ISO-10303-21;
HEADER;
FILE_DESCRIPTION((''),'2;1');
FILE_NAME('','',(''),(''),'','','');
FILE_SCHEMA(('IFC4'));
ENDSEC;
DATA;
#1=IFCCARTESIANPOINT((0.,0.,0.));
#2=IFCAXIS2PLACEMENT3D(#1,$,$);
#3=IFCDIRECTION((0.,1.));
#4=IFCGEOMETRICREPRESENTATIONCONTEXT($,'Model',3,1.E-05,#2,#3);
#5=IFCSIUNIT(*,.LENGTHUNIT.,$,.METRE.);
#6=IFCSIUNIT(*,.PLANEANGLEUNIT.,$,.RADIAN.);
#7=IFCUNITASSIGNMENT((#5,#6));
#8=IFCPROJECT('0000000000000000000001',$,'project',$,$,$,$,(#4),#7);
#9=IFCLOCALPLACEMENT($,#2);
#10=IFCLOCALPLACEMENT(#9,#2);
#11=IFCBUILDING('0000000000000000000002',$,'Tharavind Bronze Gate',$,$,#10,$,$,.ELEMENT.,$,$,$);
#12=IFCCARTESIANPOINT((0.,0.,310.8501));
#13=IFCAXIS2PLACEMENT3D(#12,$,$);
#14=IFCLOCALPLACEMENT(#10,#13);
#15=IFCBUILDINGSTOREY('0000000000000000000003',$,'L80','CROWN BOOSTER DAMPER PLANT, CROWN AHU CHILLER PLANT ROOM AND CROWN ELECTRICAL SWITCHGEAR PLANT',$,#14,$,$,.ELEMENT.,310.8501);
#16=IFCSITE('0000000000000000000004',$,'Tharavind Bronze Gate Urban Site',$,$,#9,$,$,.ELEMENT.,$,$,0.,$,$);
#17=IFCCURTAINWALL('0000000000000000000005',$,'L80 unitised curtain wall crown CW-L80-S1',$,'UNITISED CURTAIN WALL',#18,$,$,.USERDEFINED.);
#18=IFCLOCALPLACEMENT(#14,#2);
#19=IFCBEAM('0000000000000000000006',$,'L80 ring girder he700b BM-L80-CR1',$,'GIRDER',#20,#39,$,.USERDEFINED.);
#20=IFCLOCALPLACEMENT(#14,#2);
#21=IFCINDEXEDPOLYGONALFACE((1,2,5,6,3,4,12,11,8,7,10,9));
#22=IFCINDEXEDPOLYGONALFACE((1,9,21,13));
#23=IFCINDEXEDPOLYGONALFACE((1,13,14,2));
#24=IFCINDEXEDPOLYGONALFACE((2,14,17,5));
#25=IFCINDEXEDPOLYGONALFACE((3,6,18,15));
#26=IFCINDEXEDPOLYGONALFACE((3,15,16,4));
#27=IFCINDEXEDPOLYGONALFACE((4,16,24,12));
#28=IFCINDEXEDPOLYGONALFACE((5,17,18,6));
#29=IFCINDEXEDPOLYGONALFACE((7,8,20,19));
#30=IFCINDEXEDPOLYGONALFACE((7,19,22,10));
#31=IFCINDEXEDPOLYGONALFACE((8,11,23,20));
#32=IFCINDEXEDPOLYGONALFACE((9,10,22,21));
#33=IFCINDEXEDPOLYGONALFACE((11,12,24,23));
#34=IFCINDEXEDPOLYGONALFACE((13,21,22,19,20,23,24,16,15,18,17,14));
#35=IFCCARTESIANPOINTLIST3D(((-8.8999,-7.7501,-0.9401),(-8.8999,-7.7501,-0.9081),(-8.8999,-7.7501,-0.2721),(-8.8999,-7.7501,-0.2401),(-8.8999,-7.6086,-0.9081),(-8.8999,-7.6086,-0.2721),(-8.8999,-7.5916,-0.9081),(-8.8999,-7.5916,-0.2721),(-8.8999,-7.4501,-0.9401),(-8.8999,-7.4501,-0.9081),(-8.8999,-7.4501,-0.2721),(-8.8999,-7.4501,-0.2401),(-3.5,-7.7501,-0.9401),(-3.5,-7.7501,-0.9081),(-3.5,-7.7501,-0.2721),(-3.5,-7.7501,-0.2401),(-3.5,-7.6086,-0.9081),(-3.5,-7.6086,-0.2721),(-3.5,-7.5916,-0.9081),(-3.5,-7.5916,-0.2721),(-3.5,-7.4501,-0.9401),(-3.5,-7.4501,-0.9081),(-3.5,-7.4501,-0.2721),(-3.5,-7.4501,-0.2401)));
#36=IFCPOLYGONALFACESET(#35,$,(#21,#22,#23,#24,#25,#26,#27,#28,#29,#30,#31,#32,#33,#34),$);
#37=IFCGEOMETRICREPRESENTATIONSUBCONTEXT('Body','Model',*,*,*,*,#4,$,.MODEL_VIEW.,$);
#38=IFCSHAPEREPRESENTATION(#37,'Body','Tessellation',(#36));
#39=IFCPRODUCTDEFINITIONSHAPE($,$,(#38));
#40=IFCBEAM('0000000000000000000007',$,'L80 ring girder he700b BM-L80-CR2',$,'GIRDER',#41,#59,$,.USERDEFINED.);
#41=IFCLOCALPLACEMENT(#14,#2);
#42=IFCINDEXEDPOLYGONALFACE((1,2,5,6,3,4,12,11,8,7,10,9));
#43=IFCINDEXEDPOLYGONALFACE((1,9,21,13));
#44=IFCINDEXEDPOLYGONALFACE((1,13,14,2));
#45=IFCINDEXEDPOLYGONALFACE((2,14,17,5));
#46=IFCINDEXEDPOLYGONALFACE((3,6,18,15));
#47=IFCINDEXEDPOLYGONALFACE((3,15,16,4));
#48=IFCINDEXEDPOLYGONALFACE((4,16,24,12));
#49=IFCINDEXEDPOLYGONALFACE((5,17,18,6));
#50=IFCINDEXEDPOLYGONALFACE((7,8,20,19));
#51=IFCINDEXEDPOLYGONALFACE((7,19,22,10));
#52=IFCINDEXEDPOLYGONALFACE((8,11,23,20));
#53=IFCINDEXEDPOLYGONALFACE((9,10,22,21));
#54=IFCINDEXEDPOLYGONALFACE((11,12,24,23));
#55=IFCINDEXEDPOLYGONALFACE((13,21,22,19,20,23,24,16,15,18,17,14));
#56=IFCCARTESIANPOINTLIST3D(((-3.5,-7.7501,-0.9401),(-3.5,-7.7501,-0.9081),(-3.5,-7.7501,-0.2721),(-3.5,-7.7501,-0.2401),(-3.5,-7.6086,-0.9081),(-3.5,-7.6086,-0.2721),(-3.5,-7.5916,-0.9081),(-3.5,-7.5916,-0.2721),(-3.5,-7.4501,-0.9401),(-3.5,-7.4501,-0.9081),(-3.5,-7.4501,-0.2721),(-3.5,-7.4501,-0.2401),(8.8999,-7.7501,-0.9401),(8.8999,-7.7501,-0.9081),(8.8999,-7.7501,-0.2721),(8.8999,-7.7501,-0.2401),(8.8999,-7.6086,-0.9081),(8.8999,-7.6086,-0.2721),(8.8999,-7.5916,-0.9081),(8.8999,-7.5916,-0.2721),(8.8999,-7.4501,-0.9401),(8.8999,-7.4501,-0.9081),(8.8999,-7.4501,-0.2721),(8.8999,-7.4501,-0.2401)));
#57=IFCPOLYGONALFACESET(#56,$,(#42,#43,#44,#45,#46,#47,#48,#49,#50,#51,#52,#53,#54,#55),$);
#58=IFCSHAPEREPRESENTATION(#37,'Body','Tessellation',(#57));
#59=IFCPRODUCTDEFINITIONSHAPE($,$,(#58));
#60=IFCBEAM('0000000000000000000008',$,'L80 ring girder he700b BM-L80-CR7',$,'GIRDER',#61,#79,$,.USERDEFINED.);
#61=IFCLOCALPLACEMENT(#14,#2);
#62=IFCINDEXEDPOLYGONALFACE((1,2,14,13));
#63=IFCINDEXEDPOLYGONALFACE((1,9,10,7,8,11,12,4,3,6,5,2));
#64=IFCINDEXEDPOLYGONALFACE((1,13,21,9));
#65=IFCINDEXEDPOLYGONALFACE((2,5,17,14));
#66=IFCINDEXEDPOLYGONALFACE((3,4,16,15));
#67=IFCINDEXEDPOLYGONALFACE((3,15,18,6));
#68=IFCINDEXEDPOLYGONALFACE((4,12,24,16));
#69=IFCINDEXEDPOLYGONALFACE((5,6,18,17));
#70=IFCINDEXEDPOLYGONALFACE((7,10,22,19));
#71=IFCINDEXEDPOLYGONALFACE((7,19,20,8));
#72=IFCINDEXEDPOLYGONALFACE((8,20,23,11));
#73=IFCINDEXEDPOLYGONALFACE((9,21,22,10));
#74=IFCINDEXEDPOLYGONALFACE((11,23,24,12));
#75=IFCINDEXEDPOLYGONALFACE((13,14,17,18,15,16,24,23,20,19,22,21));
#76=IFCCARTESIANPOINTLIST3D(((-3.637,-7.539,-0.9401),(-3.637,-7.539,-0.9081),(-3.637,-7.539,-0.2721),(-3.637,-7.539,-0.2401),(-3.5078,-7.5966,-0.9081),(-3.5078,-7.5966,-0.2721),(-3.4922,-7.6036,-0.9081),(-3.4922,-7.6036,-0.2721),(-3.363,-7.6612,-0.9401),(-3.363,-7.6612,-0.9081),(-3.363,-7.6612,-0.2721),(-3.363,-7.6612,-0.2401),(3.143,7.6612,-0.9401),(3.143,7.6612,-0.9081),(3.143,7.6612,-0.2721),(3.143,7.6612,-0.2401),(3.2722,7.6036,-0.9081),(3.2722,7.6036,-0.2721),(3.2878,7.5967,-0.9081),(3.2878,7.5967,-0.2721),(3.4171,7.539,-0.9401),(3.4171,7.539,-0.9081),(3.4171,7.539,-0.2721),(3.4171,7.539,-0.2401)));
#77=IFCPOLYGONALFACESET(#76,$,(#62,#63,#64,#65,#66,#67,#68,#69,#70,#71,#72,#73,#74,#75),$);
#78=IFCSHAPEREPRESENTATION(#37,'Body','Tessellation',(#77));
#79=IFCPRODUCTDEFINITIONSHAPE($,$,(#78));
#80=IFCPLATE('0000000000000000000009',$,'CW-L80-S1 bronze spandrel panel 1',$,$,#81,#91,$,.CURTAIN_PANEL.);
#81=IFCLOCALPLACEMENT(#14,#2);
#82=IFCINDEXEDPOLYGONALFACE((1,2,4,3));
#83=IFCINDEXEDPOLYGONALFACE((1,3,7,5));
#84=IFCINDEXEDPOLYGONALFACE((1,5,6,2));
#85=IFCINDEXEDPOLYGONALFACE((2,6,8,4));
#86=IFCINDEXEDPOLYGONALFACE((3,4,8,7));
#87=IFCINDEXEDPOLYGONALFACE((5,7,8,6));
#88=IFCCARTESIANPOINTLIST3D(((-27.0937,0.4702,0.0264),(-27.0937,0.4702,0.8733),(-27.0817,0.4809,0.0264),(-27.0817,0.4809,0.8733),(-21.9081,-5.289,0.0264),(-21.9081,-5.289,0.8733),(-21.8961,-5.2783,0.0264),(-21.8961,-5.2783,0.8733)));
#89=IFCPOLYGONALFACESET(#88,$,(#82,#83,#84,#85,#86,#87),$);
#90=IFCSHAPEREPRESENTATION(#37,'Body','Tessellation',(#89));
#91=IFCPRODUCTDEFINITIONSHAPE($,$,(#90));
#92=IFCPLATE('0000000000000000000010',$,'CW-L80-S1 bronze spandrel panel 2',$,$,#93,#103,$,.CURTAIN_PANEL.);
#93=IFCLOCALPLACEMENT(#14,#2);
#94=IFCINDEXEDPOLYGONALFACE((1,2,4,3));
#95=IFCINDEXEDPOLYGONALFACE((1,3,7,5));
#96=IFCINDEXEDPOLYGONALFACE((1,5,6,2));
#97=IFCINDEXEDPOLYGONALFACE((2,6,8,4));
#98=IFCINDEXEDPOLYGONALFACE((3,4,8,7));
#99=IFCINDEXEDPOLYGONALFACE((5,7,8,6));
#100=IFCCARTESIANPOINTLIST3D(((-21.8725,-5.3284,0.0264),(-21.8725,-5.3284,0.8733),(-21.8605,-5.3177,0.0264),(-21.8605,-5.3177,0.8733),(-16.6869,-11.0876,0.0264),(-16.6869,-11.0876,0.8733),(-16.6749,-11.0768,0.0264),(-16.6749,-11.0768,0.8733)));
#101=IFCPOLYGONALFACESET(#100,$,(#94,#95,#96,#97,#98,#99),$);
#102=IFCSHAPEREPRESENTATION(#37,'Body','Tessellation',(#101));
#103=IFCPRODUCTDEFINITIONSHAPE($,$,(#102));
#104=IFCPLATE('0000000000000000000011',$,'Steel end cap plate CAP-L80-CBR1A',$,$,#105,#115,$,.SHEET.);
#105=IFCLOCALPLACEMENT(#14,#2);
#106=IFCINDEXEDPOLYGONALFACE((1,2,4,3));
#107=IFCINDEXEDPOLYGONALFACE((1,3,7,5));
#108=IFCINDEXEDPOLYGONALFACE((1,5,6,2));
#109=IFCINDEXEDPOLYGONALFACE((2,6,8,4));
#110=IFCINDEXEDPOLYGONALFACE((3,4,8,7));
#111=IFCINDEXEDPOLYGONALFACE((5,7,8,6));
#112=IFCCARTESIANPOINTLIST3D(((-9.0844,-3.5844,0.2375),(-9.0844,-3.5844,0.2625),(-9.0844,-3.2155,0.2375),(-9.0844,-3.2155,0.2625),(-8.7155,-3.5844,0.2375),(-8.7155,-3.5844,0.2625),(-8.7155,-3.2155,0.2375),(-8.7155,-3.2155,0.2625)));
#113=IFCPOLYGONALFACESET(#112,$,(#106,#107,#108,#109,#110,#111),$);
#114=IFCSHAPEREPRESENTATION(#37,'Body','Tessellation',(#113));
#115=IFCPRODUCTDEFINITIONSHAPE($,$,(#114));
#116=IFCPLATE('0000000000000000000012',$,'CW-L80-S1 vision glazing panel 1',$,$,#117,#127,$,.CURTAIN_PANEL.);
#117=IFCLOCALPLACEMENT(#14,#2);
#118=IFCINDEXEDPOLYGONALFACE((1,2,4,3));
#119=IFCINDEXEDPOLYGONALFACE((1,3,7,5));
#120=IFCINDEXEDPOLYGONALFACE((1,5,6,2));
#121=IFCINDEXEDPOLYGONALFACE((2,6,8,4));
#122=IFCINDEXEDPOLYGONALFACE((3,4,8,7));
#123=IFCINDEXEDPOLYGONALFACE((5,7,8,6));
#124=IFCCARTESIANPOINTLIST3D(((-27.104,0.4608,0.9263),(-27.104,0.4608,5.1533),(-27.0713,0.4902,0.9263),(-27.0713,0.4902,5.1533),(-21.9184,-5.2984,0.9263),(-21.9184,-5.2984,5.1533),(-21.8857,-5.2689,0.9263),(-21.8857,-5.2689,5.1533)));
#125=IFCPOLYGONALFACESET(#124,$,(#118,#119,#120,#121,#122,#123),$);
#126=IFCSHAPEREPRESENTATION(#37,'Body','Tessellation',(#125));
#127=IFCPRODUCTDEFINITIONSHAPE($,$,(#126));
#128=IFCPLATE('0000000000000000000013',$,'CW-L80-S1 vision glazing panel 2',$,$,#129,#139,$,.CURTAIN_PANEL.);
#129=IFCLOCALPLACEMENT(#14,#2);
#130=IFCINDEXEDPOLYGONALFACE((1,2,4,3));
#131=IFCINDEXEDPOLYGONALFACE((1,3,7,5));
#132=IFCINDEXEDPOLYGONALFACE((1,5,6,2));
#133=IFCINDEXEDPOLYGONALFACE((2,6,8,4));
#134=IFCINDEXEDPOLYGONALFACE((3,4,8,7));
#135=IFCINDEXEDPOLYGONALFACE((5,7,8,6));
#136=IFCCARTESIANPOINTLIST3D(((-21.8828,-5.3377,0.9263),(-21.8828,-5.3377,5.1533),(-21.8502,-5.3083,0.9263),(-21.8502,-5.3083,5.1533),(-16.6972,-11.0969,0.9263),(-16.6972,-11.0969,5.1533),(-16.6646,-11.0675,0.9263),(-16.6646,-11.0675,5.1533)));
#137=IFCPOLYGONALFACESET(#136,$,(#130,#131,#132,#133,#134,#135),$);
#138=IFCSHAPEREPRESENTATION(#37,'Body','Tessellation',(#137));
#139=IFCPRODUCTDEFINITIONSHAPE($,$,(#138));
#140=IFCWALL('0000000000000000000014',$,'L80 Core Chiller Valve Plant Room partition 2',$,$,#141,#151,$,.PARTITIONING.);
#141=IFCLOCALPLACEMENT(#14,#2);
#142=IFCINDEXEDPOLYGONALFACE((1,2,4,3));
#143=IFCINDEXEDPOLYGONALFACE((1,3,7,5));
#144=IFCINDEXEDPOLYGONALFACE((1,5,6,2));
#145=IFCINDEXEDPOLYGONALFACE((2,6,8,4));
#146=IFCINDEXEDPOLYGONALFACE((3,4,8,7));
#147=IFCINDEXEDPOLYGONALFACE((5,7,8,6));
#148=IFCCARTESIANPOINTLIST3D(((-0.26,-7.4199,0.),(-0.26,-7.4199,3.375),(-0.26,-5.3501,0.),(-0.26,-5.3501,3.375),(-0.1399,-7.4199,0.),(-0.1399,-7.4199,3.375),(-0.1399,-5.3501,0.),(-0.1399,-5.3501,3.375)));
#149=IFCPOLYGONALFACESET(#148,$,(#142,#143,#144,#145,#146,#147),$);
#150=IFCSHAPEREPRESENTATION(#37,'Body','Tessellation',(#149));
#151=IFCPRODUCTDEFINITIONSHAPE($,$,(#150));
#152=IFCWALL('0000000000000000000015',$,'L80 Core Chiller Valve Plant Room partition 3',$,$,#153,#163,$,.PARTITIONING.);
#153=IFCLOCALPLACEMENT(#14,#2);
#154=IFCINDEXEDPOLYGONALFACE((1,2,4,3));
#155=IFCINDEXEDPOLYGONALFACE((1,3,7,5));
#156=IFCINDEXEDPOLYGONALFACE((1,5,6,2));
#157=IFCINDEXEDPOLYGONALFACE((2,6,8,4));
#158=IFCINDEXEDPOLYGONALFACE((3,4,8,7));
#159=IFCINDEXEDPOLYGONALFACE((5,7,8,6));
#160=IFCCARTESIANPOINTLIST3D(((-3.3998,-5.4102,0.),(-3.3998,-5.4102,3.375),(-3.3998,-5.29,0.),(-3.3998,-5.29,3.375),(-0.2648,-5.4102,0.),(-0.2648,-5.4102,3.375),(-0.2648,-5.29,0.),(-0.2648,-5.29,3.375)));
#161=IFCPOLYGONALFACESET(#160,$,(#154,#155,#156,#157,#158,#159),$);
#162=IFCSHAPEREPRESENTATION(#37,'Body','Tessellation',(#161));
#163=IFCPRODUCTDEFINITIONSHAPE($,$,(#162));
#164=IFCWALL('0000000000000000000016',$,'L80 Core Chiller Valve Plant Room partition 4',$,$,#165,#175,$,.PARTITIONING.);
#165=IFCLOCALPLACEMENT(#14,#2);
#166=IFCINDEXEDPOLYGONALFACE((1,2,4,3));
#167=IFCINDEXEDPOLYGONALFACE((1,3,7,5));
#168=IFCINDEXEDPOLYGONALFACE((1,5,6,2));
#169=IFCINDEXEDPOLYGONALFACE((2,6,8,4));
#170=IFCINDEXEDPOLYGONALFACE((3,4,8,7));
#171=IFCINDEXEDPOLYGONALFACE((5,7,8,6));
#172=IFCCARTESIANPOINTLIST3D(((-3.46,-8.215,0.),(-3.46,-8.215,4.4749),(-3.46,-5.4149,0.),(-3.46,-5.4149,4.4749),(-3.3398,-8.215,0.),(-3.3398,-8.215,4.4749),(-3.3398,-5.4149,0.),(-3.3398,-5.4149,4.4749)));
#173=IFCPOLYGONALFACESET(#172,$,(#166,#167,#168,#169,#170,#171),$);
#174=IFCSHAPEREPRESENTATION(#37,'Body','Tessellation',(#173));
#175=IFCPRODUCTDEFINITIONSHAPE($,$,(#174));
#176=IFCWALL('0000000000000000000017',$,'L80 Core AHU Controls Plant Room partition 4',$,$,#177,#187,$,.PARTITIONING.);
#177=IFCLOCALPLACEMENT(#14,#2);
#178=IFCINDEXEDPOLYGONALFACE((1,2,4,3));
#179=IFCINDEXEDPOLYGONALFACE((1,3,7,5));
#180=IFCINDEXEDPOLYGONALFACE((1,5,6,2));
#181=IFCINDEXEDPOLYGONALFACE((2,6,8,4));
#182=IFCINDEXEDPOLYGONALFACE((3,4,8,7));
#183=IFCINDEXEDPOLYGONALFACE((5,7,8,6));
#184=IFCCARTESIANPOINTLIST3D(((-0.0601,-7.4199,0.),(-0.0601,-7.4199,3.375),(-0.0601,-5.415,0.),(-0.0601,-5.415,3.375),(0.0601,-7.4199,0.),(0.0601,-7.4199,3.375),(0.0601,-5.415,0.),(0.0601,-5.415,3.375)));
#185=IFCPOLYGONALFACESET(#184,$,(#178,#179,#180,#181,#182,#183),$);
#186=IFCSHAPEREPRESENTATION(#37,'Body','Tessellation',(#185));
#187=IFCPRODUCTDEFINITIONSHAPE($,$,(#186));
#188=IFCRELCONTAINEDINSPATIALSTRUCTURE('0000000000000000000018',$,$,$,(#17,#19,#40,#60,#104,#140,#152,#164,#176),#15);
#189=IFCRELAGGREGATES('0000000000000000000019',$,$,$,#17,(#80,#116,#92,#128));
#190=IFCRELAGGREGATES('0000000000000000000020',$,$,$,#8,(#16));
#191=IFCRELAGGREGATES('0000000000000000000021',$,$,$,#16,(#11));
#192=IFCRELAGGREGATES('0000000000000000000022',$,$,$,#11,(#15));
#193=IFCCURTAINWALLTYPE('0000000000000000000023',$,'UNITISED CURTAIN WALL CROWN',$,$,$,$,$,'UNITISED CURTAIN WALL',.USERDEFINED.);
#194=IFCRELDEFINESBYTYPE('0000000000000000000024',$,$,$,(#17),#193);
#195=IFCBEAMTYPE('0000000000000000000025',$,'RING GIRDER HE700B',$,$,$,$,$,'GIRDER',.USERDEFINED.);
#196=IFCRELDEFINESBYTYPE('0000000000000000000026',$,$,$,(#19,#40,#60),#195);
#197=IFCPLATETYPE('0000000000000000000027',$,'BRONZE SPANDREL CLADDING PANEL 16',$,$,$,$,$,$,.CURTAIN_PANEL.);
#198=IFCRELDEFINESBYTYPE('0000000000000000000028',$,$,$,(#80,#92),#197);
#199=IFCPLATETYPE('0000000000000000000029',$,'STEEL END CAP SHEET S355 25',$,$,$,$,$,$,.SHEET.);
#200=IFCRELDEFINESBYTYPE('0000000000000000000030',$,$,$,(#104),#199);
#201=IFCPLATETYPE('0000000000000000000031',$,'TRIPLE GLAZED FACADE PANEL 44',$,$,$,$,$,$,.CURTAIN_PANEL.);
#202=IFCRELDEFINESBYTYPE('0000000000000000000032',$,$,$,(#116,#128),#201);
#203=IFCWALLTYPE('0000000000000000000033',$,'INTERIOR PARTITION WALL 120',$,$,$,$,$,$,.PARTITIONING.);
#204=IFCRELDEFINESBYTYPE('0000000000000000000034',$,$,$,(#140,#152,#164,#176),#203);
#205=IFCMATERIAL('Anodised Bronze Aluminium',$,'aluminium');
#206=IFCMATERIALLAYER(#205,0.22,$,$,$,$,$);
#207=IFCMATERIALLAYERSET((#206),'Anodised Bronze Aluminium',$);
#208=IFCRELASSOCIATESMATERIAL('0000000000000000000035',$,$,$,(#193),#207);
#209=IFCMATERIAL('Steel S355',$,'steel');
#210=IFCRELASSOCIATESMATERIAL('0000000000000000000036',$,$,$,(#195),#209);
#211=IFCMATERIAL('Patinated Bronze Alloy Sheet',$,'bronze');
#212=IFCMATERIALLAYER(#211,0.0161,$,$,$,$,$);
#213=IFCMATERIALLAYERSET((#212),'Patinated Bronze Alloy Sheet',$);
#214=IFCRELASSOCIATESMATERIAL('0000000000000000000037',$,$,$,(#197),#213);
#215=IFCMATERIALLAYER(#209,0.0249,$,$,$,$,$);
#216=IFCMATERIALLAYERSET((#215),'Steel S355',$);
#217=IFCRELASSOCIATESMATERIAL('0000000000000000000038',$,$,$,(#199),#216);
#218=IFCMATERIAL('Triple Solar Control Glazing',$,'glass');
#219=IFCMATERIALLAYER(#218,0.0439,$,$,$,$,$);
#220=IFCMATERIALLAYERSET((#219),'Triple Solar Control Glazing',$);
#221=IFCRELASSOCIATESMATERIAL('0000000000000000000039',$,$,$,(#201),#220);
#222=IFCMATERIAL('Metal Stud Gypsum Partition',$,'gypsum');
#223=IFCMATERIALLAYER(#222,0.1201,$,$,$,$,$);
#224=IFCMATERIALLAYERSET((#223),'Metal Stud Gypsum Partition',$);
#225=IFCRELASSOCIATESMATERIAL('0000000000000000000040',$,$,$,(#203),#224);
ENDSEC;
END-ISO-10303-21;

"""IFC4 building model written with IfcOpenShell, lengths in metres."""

from ifc_helpers import new_model, si_unit, direction, frame, frame_2d, origin, origin_2d, place, context, subcontext, project, spatial, rectangle, i_section, extrude, material, layer, layer_set, material_profile, profile_set, type_object, element, aggregate, save


model = new_model("IFC4")

# Units and contexts
model_context = context("Model", 3, precision=1e-05, world=origin(), true_north=direction((0.0, 1.0)))
body_context = subcontext(model_context, "Body", "Model", "MODEL_VIEW")
ifc_project = project(units=[si_unit("LENGTHUNIT", "METRE"), si_unit("PLANEANGLEUNIT", "RADIAN")], contexts=[model_context])

# Site, building, storey
site_placement = place(None, origin())
site = spatial("IfcSite", under=ifc_project, at=site_placement, Name="Tharavind Bronze Gate Urban Site", CompositionType="ELEMENT", RefElevation=0.0)
building_placement = place(site_placement, origin())
building = spatial("IfcBuilding", under=site, at=building_placement, Name="Tharavind Bronze Gate", CompositionType="ELEMENT")
storey_placement = place(building_placement, frame((0.0, 0.0, 310.8501)))
storey = spatial("IfcBuildingStorey", under=building, at=storey_placement, Name="L80", Description="CROWN BOOSTER DAMPER PLANT, CROWN AHU CHILLER PLANT ROOM AND CROWN ELECTRICAL SWITCHGEAR PLANT", CompositionType="ELEMENT", Elevation=310.8501)

# Shared definitions
ifc_material_1 = material(Name="Steel S355", Category="steel")

# Curtain wall
ifc_material_2 = material(Name="Anodised Bronze Aluminium", Category="aluminium")
ifc_layer_1 = layer(ifc_material_2, 0.22)
ifc_layer_set_1 = layer_set([ifc_layer_1], Name="Anodised Bronze Aluminium")
curtain_wall_type = type_object("IfcCurtainWallType", Name="UNITISED CURTAIN WALL CROWN", ElementType="UNITISED CURTAIN WALL", PredefinedType="USERDEFINED", material=ifc_layer_set_1)
curtain_wall_placement = place(storey_placement, origin())
curtain_wall = element("IfcCurtainWall", 1, at=curtain_wall_placement, inside=storey, type_object=curtain_wall_type, Name="L80 unitised curtain wall crown CW-L80-S1", ObjectType="UNITISED CURTAIN WALL", PredefinedType="USERDEFINED")

# Beams
ifc_material_profile_1 = material_profile(ifc_material_1, i_section(OverallWidth=0.3, OverallDepth=0.7, WebThickness=0.0171, FlangeThickness=0.032, at=origin_2d()), Name="HE700B")
ifc_profile_set_1 = profile_set([ifc_material_profile_1], Name="Steel S355")
beam_type = type_object("IfcBeamType", Name="RING GIRDER HE700B", ElementType="GIRDER", PredefinedType="USERDEFINED", material=ifc_profile_set_1)
beam_1_placement = place(storey_placement, frame((-8.8999, -7.6001, -0.5901), z_axis=(1.0, 0.0, 0.0), x_axis=(0.0, 1.0, 0.0)))
element("IfcBeam", 2, at=beam_1_placement, inside=storey, type_object=beam_type, Name="L80 ring girder he700b BM-L80-CR1", ObjectType="GIRDER", PredefinedType="USERDEFINED", context=body_context, shape_type="SweptSolid", body=[
    extrude(i_section(OverallWidth=0.3, OverallDepth=0.7, WebThickness=0.0171, FlangeThickness=0.032, at=origin_2d()), origin(), (0.0, 0.0, 1.0), 5.3999),
])
beam_2_placement = place(storey_placement, frame((-3.5, -7.6001, -0.5901), z_axis=(1.0, 0.0, 0.0), x_axis=(0.0, 1.0, 0.0)))
element("IfcBeam", 3, at=beam_2_placement, inside=storey, type_object=beam_type, Name="L80 ring girder he700b BM-L80-CR2", ObjectType="GIRDER", PredefinedType="USERDEFINED", context=body_context, shape_type="SweptSolid", body=[
    extrude(i_section(OverallWidth=0.3, OverallDepth=0.7, WebThickness=0.0171, FlangeThickness=0.032, at=origin_2d()), origin(), (0.0, 0.0, 1.0), 12.3999),
])
beam_3_placement = place(storey_placement, frame((-3.5, -7.6001, -0.5901), z_axis=(0.407362, 0.913267, 0.0), x_axis=(-0.913267, 0.407362, 0.0)))
element("IfcBeam", 4, at=beam_3_placement, inside=storey, type_object=beam_type, Name="L80 ring girder he700b BM-L80-CR7", ObjectType="GIRDER", PredefinedType="USERDEFINED", context=body_context, shape_type="SweptSolid", body=[
    extrude(i_section(OverallWidth=0.3, OverallDepth=0.7, WebThickness=0.0171, FlangeThickness=0.032, at=origin_2d()), origin(), (0.0, 0.0, 1.0), 16.6438),
])

# Plates
ifc_material_3 = material(Name="Patinated Bronze Alloy Sheet", Category="bronze")
ifc_layer_2 = layer(ifc_material_3, 0.0161)
ifc_layer_set_2 = layer_set([ifc_layer_2], Name="Patinated Bronze Alloy Sheet")
plate_type_1 = type_object("IfcPlateType", Name="BRONZE SPANDREL CLADDING PANEL 16", PredefinedType="CURTAIN_PANEL", material=ifc_layer_set_2)
plate_1_placement = place(storey_placement, frame((-24.4949, -2.4041, 0.0264), z_axis=(0.0, 0.0, 1.0), x_axis=(0.669131, -0.743145, 0.0)))
plate_1 = element("IfcPlate", 5, at=plate_1_placement, type_object=plate_type_1, Name="CW-L80-S1 bronze spandrel panel 1", PredefinedType="CURTAIN_PANEL", context=body_context, shape_type="SweptSolid", body=[
    extrude(rectangle(XDim=7.7498, YDim=0.0161, at=origin_2d()), origin(), (0.0, 0.0, 1.0), 0.8469),
])
plate_2_placement = place(storey_placement, frame((-19.2737, -8.2026, 0.0264), z_axis=(0.0, 0.0, 1.0), x_axis=(0.669131, -0.743145, 0.0)))
plate_2 = element("IfcPlate", 6, at=plate_2_placement, type_object=plate_type_1, Name="CW-L80-S1 bronze spandrel panel 2", PredefinedType="CURTAIN_PANEL", context=body_context, shape_type="SweptSolid", body=[
    extrude(rectangle(XDim=7.7498, YDim=0.0161, at=origin_2d()), origin(), (0.0, 0.0, 1.0), 0.8469),
])
ifc_layer_3 = layer(ifc_material_1, 0.0249)
ifc_layer_set_3 = layer_set([ifc_layer_3], Name="Steel S355")
plate_type_2 = type_object("IfcPlateType", Name="STEEL END CAP SHEET S355 25", PredefinedType="SHEET", material=ifc_layer_set_3)
plate_3_placement = place(storey_placement, frame((-8.8999, -3.3999, 0.2375), z_axis=(0.0, 0.0, 1.0), x_axis=(1.0, 0.0, 0.0)))
element("IfcPlate", 7, at=plate_3_placement, inside=storey, type_object=plate_type_2, Name="Steel end cap plate CAP-L80-CBR1A", PredefinedType="SHEET", context=body_context, shape_type="SweptSolid", body=[
    extrude(rectangle(XDim=0.3689, YDim=0.3689, at=origin_2d()), origin(), (0.0, 0.0, 1.0), 0.0249),
])
ifc_material_4 = material(Name="Triple Solar Control Glazing", Category="glass")
ifc_layer_4 = layer(ifc_material_4, 0.0439)
ifc_layer_set_4 = layer_set([ifc_layer_4], Name="Triple Solar Control Glazing")
plate_type_3 = type_object("IfcPlateType", Name="TRIPLE GLAZED FACADE PANEL 44", PredefinedType="CURTAIN_PANEL", material=ifc_layer_set_4)
plate_4_placement = place(storey_placement, frame((-24.4949, -2.4041, 0.9263), z_axis=(0.0, 0.0, 1.0), x_axis=(0.669131, -0.743145, 0.0)))
plate_4 = element("IfcPlate", 8, at=plate_4_placement, type_object=plate_type_3, Name="CW-L80-S1 vision glazing panel 1", PredefinedType="CURTAIN_PANEL", context=body_context, shape_type="SweptSolid", body=[
    extrude(rectangle(XDim=7.7498, YDim=0.0439, at=origin_2d()), origin(), (0.0, 0.0, 1.0), 4.2271),
])
plate_5_placement = place(storey_placement, frame((-19.2737, -8.2026, 0.9263), z_axis=(0.0, 0.0, 1.0), x_axis=(0.669131, -0.743145, 0.0)))
plate_5 = element("IfcPlate", 9, at=plate_5_placement, type_object=plate_type_3, Name="CW-L80-S1 vision glazing panel 2", PredefinedType="CURTAIN_PANEL", context=body_context, shape_type="SweptSolid", body=[
    extrude(rectangle(XDim=7.7498, YDim=0.0439, at=origin_2d()), origin(), (0.0, 0.0, 1.0), 4.2271),
])
aggregate(curtain_wall, [plate_1, plate_4, plate_2, plate_5])

# Walls
ifc_material_5 = material(Name="Metal Stud Gypsum Partition", Category="gypsum")
ifc_layer_5 = layer(ifc_material_5, 0.1201)
ifc_layer_set_5 = layer_set([ifc_layer_5], Name="Metal Stud Gypsum Partition")
wall_type_1 = type_object("IfcWallType", Name="INTERIOR PARTITION WALL 120", PredefinedType="PARTITIONING", material=ifc_layer_set_5)
wall_1_placement = place(storey_placement, frame((-0.2, -7.4199, 0.0), z_axis=(0.0, 0.0, 1.0), x_axis=(0.0, 1.0, 0.0)))
element("IfcWall", 10, at=wall_1_placement, inside=storey, type_object=wall_type_1, Name="L80 Core Chiller Valve Plant Room partition 2", PredefinedType="PARTITIONING", context=body_context, shape_type="SweptSolid", body=[
    extrude(rectangle(XDim=2.0698, YDim=0.1201, at=frame_2d((1.0349, 0.0))), origin(), (0.0, 0.0, 1.0), 3.375),
])
wall_2_placement = place(storey_placement, frame((-0.2649, -5.3501, 0.0), z_axis=(0.0, 0.0, 1.0), x_axis=(-1.0, 0.0, 0.0)))
element("IfcWall", 11, at=wall_2_placement, inside=storey, type_object=wall_type_1, Name="L80 Core Chiller Valve Plant Room partition 3", PredefinedType="PARTITIONING", context=body_context, shape_type="SweptSolid", body=[
    extrude(rectangle(XDim=3.135, YDim=0.1201, at=frame_2d((1.5674, 0.0))), origin(), (0.0, 0.0, 1.0), 3.375),
])
wall_3_placement = place(storey_placement, frame((-3.3999, -5.415, 0.0), z_axis=(0.0, 0.0, 1.0), x_axis=(0.0, -1.0, 0.0)))
element("IfcWall", 12, at=wall_3_placement, inside=storey, type_object=wall_type_1, Name="L80 Core Chiller Valve Plant Room partition 4", PredefinedType="PARTITIONING", context=body_context, shape_type="SweptSolid", body=[
    extrude(rectangle(XDim=2.8, YDim=0.1201, at=frame_2d((1.3999, 0.0))), origin(), (0.0, 0.0, 1.0), 4.4749),
])
wall_4_placement = place(storey_placement, frame((0.0, -5.415, 0.0), z_axis=(0.0, 0.0, 1.0), x_axis=(0.0, -1.0, 0.0)))
element("IfcWall", 13, at=wall_4_placement, inside=storey, type_object=wall_type_1, Name="L80 Core AHU Controls Plant Room partition 4", PredefinedType="PARTITIONING", context=body_context, shape_type="SweptSolid", body=[
    extrude(rectangle(XDim=2.0049, YDim=0.1201, at=frame_2d((1.0024, 0.0))), origin(), (0.0, 0.0, 1.0), 3.375),
])

save(model, "model.ifc")
